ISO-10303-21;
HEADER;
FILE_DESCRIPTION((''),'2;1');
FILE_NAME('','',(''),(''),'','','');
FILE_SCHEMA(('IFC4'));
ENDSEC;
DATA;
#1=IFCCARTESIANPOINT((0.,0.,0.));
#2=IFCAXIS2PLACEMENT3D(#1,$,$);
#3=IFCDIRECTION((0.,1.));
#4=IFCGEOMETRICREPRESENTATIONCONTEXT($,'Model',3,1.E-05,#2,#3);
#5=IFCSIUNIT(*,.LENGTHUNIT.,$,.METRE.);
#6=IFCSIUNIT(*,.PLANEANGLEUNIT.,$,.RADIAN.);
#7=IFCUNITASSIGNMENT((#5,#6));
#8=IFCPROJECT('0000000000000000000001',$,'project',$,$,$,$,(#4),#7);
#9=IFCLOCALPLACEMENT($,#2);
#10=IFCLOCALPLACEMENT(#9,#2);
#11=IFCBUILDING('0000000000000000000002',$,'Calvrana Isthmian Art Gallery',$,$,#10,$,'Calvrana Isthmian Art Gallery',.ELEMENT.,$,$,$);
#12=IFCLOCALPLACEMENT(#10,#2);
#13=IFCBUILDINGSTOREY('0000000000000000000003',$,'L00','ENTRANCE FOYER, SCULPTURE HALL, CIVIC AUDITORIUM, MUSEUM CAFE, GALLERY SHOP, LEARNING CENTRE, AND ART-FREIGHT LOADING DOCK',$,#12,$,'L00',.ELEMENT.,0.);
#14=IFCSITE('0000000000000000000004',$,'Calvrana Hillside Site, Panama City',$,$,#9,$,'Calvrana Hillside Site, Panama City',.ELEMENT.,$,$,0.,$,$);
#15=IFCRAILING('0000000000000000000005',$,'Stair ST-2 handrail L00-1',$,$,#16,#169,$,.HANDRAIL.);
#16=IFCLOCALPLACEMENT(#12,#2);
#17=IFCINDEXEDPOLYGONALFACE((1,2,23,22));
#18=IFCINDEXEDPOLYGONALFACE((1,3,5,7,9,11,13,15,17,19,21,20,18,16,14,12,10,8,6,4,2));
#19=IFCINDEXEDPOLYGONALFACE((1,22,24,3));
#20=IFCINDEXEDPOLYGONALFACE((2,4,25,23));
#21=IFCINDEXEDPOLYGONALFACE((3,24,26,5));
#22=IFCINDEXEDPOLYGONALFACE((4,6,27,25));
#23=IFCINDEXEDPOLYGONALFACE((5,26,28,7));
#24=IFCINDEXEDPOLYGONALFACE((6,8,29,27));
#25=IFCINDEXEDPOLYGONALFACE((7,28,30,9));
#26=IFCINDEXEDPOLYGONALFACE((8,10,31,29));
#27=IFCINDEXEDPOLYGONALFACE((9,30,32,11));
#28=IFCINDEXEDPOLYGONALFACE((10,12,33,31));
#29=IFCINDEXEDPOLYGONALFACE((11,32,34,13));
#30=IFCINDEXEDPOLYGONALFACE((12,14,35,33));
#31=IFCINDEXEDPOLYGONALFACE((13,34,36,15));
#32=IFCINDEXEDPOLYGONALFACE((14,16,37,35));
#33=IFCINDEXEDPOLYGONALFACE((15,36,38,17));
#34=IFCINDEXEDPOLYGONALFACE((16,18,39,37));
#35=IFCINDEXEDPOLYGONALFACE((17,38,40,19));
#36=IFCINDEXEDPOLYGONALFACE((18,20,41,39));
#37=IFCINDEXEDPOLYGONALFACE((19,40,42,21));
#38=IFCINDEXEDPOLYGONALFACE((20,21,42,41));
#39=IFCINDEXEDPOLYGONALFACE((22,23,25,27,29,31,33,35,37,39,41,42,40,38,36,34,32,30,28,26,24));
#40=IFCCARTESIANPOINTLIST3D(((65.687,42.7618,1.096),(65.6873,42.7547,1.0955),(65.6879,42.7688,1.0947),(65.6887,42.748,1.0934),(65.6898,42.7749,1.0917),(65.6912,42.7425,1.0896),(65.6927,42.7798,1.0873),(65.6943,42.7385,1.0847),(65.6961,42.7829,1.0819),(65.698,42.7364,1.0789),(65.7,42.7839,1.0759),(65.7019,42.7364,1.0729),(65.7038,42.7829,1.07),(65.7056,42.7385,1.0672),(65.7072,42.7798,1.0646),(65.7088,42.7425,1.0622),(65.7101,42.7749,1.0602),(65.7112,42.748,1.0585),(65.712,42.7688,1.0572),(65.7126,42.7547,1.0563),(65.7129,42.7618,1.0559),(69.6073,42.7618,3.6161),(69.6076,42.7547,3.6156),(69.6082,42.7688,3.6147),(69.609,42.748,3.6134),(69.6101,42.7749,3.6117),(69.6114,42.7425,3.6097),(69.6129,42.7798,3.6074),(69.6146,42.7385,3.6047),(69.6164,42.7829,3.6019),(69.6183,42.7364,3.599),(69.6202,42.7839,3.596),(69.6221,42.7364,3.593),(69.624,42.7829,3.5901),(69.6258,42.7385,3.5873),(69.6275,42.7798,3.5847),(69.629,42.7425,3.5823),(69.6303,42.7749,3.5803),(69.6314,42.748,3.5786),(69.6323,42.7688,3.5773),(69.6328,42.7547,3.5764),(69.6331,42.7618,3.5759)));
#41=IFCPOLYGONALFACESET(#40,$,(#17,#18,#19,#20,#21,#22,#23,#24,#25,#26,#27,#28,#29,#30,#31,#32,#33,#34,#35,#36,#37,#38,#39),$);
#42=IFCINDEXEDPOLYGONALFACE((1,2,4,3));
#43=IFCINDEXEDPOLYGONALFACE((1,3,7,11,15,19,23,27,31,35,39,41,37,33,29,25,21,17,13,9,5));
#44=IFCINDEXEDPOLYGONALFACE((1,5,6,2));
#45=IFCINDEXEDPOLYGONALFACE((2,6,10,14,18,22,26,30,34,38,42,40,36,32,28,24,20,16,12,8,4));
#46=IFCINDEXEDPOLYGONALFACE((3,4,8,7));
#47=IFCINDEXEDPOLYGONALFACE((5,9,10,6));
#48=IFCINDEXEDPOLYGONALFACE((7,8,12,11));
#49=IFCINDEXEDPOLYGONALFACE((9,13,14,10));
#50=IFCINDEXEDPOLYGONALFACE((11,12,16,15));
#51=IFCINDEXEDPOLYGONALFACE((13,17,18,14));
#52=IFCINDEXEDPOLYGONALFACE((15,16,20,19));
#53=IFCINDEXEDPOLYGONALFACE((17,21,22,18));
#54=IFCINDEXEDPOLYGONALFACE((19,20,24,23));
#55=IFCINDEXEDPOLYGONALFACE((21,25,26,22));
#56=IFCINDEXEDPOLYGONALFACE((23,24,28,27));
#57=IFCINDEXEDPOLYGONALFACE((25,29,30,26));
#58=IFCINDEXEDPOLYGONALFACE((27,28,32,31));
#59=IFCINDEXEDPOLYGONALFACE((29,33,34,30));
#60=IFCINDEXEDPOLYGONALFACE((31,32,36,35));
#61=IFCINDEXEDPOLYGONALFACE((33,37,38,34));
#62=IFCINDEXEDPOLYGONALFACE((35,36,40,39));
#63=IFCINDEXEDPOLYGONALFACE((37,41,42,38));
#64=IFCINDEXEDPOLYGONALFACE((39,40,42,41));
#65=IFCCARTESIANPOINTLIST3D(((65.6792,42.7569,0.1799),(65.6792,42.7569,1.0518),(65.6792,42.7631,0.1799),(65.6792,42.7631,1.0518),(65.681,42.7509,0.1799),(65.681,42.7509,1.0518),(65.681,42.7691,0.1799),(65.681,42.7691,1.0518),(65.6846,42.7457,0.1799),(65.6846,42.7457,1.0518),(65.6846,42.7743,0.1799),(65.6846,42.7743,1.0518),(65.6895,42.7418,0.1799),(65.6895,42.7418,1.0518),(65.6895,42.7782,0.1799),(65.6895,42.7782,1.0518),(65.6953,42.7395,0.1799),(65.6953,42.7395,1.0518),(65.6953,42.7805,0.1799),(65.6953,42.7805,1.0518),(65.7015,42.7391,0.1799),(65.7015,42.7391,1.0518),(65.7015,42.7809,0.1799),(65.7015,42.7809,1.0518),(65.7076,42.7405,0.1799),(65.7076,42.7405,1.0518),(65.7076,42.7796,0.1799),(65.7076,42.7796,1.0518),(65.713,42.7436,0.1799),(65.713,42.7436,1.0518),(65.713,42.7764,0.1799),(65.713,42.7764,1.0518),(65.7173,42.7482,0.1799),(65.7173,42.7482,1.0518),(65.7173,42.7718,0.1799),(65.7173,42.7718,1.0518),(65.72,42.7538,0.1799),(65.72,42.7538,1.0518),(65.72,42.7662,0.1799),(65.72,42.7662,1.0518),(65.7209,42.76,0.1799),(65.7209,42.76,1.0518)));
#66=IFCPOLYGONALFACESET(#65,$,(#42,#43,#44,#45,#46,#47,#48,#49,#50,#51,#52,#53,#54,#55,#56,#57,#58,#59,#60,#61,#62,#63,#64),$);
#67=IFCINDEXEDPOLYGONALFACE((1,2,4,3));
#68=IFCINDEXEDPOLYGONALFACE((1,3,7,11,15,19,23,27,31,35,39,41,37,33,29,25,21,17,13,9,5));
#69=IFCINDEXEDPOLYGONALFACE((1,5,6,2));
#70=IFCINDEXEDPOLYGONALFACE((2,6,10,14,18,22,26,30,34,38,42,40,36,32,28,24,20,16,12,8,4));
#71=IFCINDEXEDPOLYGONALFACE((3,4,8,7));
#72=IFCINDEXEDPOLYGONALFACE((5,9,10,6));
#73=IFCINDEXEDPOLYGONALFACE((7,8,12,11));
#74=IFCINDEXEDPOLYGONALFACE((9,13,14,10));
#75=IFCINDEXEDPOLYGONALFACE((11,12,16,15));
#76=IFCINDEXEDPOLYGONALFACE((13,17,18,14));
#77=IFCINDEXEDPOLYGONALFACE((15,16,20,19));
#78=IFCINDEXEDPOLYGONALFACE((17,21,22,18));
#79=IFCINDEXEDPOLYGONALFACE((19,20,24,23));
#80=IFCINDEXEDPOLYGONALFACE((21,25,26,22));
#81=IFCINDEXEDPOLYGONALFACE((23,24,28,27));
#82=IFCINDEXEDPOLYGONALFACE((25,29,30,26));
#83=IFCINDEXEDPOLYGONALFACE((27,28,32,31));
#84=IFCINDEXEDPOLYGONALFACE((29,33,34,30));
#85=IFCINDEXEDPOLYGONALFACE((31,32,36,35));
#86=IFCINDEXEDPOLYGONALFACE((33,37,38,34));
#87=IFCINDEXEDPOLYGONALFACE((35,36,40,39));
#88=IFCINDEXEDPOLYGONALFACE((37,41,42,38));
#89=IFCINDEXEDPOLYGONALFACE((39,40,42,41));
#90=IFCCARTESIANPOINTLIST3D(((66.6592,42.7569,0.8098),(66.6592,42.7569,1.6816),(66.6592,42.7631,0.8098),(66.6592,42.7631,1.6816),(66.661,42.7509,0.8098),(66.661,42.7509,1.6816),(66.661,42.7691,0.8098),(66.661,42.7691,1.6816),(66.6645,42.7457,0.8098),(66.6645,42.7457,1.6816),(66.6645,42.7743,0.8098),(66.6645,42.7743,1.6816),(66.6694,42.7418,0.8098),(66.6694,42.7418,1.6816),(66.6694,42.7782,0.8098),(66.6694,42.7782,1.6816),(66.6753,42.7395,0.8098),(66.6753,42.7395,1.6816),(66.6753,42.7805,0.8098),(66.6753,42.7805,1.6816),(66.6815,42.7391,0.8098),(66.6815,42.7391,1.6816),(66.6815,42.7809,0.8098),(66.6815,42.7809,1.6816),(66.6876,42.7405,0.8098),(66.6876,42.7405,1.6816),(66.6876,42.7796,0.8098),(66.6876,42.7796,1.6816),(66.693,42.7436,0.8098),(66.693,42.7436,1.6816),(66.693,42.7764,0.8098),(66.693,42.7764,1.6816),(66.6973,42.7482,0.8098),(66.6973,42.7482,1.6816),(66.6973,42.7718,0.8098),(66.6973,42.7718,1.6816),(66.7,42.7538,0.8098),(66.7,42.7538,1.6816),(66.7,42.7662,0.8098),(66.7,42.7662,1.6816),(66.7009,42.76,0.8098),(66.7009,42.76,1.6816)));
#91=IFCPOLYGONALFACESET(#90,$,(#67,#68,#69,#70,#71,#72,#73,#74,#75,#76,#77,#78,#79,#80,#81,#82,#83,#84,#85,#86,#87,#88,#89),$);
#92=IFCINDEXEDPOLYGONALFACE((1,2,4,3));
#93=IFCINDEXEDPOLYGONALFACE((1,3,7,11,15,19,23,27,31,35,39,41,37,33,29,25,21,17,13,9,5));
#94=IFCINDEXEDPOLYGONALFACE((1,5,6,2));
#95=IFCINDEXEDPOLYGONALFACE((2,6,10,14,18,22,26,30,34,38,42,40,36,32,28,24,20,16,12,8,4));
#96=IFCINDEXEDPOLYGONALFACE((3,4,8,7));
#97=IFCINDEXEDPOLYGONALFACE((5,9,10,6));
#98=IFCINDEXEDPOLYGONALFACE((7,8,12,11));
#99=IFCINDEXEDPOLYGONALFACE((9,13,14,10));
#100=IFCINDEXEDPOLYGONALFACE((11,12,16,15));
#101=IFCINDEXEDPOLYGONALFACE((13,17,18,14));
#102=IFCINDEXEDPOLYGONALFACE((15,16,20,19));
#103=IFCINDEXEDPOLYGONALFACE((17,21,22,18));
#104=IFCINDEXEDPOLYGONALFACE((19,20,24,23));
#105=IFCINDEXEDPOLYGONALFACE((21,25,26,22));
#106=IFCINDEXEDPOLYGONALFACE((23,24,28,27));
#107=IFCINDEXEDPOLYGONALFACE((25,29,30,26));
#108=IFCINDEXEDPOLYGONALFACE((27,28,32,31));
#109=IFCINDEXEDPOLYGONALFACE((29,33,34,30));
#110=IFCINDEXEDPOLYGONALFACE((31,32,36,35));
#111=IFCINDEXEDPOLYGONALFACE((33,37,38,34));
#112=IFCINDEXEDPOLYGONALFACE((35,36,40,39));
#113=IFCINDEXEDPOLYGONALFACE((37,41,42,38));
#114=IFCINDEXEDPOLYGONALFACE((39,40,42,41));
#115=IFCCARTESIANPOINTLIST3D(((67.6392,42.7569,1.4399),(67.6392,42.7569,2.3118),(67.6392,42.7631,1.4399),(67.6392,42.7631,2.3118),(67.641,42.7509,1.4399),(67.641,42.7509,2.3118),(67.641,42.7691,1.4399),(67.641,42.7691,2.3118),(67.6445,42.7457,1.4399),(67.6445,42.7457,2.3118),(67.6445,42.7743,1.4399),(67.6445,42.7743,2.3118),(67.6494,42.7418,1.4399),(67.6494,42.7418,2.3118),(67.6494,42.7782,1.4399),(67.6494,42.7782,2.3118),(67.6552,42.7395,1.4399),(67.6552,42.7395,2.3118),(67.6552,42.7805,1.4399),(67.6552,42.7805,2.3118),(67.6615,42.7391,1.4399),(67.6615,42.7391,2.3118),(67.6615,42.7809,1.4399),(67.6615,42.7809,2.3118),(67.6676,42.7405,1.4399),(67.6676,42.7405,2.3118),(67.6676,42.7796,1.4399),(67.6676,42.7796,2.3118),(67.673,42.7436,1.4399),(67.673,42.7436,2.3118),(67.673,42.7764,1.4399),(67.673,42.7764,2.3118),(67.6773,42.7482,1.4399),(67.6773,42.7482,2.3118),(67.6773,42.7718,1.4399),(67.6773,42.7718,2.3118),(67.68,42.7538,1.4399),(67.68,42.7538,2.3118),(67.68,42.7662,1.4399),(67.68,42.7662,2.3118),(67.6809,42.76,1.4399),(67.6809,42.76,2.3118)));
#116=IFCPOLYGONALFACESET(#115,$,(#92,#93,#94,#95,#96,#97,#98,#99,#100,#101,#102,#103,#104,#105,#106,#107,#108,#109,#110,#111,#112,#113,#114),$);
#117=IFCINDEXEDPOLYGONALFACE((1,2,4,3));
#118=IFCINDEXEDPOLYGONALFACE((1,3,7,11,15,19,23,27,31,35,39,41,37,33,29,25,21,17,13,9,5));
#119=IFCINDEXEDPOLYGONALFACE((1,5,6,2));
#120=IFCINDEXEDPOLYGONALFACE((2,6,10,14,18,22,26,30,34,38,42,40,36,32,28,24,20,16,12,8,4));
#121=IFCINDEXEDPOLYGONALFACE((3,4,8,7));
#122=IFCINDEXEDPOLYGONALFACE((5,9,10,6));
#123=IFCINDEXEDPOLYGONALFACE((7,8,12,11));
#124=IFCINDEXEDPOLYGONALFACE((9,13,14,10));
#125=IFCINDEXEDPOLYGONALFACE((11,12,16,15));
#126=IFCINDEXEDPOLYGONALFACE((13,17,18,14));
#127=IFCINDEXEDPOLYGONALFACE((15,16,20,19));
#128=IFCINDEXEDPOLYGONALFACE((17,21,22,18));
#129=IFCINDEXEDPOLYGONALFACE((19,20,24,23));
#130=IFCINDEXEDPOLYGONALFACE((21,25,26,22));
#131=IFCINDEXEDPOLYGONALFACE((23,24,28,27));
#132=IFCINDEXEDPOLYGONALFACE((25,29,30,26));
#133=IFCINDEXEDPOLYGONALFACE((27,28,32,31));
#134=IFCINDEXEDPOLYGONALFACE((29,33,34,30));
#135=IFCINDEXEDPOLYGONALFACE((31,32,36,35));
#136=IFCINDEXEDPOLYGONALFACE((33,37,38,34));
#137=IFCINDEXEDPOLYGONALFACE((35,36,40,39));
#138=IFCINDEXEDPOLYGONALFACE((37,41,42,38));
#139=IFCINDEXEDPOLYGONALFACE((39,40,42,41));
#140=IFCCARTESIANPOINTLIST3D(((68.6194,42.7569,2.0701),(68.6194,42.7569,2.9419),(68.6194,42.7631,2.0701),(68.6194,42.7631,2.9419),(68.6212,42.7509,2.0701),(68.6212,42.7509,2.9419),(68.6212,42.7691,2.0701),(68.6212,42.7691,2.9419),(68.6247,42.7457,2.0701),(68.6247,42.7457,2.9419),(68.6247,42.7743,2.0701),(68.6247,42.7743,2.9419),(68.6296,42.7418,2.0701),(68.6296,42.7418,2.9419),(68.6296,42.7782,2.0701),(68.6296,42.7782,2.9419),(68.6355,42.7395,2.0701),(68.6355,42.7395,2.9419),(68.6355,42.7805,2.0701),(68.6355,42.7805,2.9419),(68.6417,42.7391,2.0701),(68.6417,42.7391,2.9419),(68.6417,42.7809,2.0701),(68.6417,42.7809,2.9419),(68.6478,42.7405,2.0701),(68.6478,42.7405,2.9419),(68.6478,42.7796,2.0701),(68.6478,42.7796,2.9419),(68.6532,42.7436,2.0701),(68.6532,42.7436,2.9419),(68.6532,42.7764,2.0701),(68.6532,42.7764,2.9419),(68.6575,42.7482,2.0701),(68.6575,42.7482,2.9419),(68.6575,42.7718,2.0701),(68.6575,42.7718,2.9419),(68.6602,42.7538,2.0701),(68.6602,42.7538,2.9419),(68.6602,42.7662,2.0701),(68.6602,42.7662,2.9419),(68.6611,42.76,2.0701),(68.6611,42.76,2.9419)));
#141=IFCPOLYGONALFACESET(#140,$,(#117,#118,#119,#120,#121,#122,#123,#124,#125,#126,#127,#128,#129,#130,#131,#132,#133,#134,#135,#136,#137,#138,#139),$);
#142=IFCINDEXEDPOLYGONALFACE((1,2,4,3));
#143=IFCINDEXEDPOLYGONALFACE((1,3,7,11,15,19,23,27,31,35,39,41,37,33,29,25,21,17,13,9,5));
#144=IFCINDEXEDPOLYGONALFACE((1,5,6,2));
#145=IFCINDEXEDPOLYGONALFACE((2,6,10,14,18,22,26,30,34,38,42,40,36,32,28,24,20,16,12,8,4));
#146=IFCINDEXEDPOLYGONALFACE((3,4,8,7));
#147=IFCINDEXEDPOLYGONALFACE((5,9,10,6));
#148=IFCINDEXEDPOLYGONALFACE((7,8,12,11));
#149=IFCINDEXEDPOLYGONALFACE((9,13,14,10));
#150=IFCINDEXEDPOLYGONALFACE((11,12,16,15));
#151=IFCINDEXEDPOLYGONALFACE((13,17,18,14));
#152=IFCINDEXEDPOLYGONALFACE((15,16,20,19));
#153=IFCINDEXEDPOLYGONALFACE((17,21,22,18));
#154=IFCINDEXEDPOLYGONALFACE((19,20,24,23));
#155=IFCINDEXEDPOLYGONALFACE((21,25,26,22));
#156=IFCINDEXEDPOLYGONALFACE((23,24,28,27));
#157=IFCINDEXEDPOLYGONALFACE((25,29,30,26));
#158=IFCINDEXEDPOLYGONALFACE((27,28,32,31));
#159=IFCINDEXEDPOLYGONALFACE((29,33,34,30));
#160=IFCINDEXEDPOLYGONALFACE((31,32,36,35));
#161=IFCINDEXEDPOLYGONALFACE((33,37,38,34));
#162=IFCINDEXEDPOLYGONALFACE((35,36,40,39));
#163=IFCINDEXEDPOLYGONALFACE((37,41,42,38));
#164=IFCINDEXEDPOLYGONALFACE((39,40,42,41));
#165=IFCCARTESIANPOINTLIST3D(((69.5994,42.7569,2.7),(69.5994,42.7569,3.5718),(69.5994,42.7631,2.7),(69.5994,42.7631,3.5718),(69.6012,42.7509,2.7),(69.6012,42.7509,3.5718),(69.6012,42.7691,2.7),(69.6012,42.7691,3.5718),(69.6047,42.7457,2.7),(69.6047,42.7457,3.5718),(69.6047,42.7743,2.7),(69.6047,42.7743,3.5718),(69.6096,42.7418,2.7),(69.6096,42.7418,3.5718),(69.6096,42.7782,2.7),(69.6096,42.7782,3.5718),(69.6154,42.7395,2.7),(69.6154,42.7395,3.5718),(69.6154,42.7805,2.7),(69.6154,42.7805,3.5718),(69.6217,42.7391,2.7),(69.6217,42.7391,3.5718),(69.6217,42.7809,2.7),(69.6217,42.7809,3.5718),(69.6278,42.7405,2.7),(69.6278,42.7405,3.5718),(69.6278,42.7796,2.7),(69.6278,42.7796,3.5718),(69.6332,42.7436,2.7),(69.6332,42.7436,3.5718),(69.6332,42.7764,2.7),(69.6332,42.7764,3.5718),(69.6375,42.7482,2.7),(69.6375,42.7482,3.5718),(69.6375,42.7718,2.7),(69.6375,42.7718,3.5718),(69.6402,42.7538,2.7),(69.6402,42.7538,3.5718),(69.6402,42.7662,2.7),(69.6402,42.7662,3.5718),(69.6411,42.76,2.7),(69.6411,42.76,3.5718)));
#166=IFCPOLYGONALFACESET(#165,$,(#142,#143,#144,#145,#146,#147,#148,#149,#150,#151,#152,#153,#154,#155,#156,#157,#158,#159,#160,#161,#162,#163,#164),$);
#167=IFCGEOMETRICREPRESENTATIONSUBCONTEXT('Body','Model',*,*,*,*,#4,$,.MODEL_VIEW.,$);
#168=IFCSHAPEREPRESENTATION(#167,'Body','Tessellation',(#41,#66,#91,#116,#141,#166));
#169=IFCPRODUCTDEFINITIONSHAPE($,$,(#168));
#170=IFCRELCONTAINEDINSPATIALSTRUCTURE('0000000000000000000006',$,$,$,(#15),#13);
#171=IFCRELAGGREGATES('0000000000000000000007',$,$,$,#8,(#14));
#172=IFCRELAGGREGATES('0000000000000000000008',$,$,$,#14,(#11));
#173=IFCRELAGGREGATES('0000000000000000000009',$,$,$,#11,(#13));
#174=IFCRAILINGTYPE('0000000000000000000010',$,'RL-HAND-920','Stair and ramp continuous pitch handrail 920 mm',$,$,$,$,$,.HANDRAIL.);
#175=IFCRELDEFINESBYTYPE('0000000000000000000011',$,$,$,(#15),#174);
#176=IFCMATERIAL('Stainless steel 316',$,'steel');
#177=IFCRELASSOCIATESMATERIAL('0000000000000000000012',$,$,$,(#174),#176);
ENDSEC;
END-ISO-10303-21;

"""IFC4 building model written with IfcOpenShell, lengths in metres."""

from ifc_helpers import new_model, si_unit, direction, frame, origin, origin_2d, place, context, subcontext, project, spatial, circle, extrude, material, type_object, element, save


model = new_model("IFC4")

# Units and contexts
model_context = context("Model", 3, precision=1e-05, world=origin(), true_north=direction((0.0, 1.0)))
body_context = subcontext(model_context, "Body", "Model", "MODEL_VIEW")
ifc_project = project(units=[si_unit("LENGTHUNIT", "METRE"), si_unit("PLANEANGLEUNIT", "RADIAN")], contexts=[model_context])

# Site, building, storey
site_placement = place(None, origin())
site = spatial("IfcSite", under=ifc_project, at=site_placement, Name="Calvrana Hillside Site, Panama City", LongName="Calvrana Hillside Site, Panama City", CompositionType="ELEMENT", RefElevation=0.0)
building_placement = place(site_placement, origin())
building = spatial("IfcBuilding", under=site, at=building_placement, Name="Calvrana Isthmian Art Gallery", LongName="Calvrana Isthmian Art Gallery", CompositionType="ELEMENT")
storey_placement = place(building_placement, origin())
storey = spatial("IfcBuildingStorey", under=building, at=storey_placement, Name="L00", Description="ENTRANCE FOYER, SCULPTURE HALL, CIVIC AUDITORIUM, MUSEUM CAFE, GALLERY SHOP, LEARNING CENTRE, AND ART-FREIGHT LOADING DOCK", LongName="L00", CompositionType="ELEMENT", Elevation=0.0)

# Railing
ifc_material_1 = material(Name="Stainless steel 316", Category="steel")
railing_type_1 = type_object("IfcRailingType", Name="RL-HAND-920", Description="Stair and ramp continuous pitch handrail 920 mm", PredefinedType="HANDRAIL", material=ifc_material_1)
railing_1_placement = place(storey_placement, frame((65.7, 42.76, 0.1799)))
element("IfcRailing", 1, at=railing_1_placement, inside=storey, type_object=railing_type_1, Name="Stair ST-2 handrail L00-1", PredefinedType="HANDRAIL", context=body_context, shape_type="SweptSolid", body=[
    extrude(circle(Radius=0.0239, at=origin_2d()), frame((0.0, 0.0, 0.896), z_axis=(0.841187, 0.0, 0.540744), x_axis=(0.0, 1.0, 0.0)), (0.0, 0.0, 1.0), 4.6604),
    extrude(circle(Radius=0.021, at=origin_2d()), origin(), (0.0, 0.0, 1.0), 0.8718),
    extrude(circle(Radius=0.021, at=origin_2d()), frame((0.98, 0.0, 0.6299)), (0.0, 0.0, 1.0), 0.8718),
    extrude(circle(Radius=0.021, at=origin_2d()), frame((1.96, 0.0, 1.26)), (0.0, 0.0, 1.0), 0.8718),
    extrude(circle(Radius=0.021, at=origin_2d()), frame((2.9402, 0.0, 1.8901)), (0.0, 0.0, 1.0), 0.8718),
    extrude(circle(Radius=0.021, at=origin_2d()), frame((3.9202, 0.0, 2.52)), (0.0, 0.0, 1.0), 0.8718),
])

save(model, "model.ifc")
